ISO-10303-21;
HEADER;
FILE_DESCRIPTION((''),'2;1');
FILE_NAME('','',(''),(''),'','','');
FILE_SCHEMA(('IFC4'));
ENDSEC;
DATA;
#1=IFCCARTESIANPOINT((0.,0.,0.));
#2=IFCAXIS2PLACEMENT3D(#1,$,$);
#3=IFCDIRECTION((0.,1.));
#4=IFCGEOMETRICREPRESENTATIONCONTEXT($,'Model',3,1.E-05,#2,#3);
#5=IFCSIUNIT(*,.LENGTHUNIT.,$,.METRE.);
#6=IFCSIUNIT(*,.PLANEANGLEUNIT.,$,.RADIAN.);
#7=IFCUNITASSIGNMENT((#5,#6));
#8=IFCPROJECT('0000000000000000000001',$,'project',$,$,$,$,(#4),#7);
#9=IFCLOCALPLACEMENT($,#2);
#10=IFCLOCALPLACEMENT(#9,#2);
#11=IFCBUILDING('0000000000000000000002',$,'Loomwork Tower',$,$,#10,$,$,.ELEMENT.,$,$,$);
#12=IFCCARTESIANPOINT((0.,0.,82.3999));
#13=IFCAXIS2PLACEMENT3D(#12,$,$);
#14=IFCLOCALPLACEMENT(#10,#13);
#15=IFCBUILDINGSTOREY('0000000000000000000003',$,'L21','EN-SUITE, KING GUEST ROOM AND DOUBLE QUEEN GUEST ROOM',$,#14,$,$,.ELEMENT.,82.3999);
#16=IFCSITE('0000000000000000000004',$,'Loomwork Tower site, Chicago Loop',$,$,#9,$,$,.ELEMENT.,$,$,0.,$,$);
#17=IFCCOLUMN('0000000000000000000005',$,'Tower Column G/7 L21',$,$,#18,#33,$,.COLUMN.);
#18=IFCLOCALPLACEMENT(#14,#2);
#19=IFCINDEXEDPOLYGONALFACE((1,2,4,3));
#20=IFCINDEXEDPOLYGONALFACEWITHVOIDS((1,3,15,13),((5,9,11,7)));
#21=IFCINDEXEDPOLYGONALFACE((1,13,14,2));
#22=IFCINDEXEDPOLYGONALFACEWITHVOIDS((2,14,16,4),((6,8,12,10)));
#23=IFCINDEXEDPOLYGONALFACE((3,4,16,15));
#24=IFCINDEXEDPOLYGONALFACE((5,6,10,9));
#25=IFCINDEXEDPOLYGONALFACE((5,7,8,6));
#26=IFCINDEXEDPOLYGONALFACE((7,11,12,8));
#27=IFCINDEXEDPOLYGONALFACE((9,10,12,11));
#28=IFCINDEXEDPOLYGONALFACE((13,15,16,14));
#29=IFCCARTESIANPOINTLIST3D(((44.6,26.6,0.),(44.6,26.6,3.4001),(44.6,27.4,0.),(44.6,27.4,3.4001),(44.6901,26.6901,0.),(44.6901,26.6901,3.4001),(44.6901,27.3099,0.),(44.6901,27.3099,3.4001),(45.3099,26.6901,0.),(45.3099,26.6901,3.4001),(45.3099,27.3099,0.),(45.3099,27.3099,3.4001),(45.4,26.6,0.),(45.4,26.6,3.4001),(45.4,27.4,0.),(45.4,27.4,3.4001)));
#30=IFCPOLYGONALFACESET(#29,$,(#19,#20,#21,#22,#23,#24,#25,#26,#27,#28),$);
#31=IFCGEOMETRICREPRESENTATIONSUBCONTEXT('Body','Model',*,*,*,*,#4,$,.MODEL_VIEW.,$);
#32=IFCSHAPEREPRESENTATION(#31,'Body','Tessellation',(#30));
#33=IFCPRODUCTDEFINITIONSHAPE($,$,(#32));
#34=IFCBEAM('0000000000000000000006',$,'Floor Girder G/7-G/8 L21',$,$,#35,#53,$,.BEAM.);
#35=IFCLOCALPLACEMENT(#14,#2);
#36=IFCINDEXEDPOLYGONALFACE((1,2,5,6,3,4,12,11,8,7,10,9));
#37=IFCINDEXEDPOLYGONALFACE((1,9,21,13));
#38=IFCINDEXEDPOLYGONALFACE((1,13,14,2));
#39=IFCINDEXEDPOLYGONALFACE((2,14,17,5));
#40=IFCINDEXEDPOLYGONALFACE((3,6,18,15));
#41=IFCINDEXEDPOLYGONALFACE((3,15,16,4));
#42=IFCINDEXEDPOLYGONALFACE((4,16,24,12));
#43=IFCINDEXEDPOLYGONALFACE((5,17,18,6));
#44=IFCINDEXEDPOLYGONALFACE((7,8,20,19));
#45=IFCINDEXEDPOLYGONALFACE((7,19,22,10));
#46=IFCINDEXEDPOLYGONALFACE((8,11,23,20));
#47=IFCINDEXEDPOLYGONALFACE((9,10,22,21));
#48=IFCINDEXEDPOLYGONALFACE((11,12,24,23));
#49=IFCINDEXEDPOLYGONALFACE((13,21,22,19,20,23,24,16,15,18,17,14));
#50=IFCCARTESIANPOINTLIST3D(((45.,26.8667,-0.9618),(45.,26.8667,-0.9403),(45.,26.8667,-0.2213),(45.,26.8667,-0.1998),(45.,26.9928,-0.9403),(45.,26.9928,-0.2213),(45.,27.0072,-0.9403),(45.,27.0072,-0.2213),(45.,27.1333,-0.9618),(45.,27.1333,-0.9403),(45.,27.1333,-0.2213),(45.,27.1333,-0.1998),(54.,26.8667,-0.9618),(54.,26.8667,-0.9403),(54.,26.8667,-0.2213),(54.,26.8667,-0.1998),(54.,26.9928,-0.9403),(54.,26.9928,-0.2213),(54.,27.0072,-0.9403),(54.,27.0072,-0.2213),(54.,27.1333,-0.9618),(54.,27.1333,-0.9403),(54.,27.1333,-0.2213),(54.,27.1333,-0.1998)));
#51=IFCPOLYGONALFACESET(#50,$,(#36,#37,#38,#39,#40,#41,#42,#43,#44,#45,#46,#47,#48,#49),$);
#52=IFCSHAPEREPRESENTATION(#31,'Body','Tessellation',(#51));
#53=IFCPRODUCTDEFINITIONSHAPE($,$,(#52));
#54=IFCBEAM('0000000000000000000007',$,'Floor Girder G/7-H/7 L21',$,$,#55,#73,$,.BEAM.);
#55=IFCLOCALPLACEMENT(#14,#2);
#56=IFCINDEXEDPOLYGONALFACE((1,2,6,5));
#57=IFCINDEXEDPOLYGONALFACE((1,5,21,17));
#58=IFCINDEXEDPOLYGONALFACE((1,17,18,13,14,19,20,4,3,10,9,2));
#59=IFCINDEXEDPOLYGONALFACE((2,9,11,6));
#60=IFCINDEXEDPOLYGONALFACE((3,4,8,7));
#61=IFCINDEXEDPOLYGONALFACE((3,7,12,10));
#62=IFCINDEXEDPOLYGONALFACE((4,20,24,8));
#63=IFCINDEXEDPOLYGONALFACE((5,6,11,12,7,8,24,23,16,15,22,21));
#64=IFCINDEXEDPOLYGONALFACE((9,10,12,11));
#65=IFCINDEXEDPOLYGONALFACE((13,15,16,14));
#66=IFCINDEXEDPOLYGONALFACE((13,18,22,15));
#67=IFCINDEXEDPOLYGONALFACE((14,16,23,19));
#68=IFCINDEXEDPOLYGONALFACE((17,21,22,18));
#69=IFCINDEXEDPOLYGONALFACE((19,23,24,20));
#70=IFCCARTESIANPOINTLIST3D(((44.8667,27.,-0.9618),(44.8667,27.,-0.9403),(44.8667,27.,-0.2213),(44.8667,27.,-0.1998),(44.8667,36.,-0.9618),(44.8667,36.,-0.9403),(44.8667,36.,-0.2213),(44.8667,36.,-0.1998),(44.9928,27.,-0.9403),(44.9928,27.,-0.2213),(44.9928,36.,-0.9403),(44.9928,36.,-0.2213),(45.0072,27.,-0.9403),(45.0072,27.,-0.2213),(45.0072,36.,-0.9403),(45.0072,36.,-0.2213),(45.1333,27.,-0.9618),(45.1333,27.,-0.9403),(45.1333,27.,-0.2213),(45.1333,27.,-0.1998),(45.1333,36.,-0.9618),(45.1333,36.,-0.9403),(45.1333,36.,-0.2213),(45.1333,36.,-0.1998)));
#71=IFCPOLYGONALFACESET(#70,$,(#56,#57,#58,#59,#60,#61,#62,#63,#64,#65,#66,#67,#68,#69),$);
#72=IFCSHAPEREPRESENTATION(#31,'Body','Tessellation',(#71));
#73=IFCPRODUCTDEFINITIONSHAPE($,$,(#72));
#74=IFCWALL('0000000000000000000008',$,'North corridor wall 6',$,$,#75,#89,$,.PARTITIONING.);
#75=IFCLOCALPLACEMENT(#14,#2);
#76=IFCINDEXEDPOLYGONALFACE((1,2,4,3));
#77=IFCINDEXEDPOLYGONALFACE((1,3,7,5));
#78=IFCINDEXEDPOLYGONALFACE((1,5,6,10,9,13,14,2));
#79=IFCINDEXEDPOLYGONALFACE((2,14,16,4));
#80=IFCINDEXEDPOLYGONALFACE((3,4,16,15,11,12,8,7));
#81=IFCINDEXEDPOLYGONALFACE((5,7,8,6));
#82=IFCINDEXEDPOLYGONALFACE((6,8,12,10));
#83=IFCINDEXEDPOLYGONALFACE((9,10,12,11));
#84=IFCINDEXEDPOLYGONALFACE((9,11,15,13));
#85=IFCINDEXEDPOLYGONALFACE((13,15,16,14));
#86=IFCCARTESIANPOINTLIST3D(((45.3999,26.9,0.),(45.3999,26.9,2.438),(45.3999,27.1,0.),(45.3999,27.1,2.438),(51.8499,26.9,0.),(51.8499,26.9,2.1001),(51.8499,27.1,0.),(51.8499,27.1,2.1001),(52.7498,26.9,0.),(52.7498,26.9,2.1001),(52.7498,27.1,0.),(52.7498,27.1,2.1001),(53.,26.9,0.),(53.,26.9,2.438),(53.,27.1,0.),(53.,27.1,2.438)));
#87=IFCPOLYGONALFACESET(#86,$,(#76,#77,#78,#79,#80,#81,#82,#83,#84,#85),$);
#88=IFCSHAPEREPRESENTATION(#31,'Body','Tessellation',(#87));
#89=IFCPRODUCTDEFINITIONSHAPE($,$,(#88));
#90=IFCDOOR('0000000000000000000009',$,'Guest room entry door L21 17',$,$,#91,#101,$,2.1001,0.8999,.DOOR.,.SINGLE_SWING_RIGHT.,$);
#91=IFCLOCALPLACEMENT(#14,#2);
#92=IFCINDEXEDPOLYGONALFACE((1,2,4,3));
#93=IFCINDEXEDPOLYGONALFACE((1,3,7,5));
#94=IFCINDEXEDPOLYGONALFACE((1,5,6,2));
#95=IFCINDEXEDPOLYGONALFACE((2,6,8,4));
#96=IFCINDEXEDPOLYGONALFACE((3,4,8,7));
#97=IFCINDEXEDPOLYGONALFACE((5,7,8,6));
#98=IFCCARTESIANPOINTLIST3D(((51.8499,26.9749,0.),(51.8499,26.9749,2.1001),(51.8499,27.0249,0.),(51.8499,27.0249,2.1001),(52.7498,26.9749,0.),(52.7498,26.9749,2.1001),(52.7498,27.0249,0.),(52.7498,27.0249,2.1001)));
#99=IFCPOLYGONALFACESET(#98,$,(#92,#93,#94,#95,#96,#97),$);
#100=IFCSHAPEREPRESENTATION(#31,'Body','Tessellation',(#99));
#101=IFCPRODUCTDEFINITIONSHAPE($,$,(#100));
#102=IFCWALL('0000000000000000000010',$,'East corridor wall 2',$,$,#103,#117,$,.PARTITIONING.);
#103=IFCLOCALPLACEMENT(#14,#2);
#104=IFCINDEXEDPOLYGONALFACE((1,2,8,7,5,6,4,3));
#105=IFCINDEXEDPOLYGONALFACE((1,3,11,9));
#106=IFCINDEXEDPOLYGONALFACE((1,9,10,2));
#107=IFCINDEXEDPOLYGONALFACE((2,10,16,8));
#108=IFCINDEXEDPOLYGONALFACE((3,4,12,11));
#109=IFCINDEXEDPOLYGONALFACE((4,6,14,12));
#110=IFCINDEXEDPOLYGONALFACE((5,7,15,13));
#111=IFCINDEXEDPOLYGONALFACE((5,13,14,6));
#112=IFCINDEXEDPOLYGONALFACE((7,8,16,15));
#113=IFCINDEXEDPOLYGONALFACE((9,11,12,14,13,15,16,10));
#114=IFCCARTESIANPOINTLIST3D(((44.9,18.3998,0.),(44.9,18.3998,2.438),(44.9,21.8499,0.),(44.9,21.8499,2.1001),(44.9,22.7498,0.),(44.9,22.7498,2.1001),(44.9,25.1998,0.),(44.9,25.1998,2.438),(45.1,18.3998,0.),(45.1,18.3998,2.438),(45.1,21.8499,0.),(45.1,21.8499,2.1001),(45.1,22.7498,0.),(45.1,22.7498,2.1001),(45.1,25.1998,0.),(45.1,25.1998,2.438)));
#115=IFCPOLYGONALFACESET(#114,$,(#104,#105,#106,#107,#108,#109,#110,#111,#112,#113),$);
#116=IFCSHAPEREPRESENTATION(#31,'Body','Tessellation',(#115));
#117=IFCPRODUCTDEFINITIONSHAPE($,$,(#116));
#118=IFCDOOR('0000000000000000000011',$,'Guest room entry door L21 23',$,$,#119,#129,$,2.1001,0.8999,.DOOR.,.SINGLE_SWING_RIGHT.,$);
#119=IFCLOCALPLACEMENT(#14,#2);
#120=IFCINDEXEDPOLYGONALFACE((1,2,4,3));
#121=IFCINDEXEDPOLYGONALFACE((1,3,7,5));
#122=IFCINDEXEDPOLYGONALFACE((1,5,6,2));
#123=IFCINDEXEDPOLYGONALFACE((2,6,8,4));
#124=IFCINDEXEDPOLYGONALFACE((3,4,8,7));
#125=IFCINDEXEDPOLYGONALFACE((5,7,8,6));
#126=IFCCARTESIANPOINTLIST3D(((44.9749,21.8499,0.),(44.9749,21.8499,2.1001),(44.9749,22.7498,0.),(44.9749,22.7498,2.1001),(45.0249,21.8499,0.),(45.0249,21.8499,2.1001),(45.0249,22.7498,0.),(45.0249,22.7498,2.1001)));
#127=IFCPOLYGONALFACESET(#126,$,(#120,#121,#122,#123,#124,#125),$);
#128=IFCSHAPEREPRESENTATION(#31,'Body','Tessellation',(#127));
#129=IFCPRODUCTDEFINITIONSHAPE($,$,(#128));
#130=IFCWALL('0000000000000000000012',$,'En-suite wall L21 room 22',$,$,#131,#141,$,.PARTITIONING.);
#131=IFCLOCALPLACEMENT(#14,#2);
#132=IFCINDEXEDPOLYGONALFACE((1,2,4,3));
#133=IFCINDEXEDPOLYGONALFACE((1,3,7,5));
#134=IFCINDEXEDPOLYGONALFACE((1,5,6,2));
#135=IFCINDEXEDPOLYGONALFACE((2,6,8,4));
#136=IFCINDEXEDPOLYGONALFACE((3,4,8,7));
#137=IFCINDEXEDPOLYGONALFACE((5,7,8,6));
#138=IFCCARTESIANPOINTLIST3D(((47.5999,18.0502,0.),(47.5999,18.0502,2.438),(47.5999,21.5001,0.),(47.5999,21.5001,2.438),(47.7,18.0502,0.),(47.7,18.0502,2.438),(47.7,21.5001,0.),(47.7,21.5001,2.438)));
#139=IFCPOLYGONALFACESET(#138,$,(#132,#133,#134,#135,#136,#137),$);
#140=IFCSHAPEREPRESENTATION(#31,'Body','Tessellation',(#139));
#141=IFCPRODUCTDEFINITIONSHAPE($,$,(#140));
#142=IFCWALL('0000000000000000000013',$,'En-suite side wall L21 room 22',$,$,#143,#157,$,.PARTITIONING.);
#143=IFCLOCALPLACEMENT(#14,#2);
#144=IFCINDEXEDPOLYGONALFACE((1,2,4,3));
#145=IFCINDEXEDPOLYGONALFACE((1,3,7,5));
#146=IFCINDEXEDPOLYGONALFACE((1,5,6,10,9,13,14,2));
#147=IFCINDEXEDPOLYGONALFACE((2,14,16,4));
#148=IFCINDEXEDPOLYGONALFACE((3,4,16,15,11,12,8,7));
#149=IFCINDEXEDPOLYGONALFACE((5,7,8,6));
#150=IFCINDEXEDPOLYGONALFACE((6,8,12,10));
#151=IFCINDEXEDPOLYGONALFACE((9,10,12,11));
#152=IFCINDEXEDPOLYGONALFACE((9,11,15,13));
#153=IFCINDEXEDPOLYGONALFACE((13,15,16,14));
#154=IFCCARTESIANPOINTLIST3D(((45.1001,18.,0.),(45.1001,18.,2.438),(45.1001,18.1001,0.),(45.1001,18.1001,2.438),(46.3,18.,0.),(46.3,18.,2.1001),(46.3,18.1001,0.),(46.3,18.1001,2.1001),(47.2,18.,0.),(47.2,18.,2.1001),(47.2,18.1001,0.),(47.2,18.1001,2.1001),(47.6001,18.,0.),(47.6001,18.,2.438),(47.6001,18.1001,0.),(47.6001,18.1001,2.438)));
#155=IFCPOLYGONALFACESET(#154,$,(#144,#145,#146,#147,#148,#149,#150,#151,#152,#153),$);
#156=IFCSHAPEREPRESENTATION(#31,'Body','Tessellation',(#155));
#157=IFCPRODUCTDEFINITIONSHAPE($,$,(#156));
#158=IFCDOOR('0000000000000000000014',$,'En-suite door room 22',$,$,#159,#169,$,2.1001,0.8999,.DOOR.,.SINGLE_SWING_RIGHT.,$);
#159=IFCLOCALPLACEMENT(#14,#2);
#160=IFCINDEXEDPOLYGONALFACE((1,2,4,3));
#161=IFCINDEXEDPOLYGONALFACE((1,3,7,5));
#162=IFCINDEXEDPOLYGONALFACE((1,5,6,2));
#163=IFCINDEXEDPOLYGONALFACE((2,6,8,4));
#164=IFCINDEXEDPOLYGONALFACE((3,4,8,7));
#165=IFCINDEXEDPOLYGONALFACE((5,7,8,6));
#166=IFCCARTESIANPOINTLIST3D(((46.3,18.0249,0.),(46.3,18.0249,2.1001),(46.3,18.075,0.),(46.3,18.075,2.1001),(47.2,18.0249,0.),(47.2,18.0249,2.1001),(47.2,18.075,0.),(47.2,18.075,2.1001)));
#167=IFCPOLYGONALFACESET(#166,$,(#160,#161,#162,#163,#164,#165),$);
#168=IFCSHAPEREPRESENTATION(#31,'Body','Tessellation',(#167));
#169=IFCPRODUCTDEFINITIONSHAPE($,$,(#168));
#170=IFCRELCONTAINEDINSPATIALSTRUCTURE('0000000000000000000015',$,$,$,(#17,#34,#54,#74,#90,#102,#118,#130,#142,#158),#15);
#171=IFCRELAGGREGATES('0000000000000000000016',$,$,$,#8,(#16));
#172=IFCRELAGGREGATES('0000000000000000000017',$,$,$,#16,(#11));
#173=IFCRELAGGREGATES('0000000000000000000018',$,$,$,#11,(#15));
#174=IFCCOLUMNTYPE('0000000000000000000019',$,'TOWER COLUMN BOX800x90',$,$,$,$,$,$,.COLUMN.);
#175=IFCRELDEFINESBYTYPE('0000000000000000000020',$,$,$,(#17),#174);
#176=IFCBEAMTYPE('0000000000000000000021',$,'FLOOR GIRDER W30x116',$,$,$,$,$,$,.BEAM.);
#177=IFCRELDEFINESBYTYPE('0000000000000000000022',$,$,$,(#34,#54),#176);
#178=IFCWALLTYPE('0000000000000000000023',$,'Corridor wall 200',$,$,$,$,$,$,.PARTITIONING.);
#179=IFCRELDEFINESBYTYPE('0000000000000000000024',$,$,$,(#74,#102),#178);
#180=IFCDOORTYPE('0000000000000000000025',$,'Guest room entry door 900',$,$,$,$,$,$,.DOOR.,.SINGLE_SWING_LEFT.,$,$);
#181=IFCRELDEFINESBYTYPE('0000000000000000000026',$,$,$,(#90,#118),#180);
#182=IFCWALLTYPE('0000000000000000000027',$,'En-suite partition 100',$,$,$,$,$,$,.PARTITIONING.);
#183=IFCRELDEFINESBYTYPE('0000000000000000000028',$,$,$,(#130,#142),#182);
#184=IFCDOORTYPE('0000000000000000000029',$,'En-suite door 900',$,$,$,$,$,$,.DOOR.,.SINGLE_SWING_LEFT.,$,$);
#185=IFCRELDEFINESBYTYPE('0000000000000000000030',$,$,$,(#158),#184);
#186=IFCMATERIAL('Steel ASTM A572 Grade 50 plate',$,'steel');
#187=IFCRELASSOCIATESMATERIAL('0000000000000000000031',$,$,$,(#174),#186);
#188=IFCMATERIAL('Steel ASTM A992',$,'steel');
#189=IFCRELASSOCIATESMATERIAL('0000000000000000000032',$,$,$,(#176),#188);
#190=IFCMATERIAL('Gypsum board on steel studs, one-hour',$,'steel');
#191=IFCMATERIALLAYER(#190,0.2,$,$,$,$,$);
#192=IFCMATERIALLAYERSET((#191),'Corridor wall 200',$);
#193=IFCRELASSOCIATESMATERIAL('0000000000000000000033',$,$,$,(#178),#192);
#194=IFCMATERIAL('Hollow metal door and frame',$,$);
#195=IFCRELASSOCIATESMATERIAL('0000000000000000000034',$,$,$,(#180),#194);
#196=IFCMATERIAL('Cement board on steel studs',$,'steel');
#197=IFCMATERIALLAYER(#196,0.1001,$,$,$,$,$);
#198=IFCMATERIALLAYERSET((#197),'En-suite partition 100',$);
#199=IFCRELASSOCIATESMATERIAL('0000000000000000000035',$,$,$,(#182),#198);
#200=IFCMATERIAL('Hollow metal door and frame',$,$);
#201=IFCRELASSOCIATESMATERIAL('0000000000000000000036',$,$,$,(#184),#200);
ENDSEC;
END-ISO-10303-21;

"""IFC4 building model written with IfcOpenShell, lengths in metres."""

from ifc_helpers import new_model, si_unit, direction, frame, frame_2d, origin, origin_2d, place, context, subcontext, project, spatial, rectangle, hollow_rectangle, i_section, extrude, material, layer, layer_set, material_profile, profile_set, type_object, element, fill, save


model = new_model("IFC4")

# Units and contexts
model_context = context("Model", 3, precision=1e-05, world=origin(), true_north=direction((0.0, 1.0)))
body_context = subcontext(model_context, "Body", "Model", "MODEL_VIEW")
ifc_project = project(units=[si_unit("LENGTHUNIT", "METRE"), si_unit("PLANEANGLEUNIT", "RADIAN")], contexts=[model_context])

# Site, building, storey
site_placement = place(None, origin())
site = spatial("IfcSite", under=ifc_project, at=site_placement, Name="Loomwork Tower site, Chicago Loop", CompositionType="ELEMENT", RefElevation=0.0)
building_placement = place(site_placement, origin())
building = spatial("IfcBuilding", under=site, at=building_placement, Name="Loomwork Tower", CompositionType="ELEMENT")
storey_placement = place(building_placement, frame((0.0, 0.0, 82.3999)))
storey = spatial("IfcBuildingStorey", under=building, at=storey_placement, Name="L21", Description="EN-SUITE, KING GUEST ROOM AND DOUBLE QUEEN GUEST ROOM", CompositionType="ELEMENT", Elevation=82.3999)

# Column
ifc_material_1 = material(Name="Steel ASTM A572 Grade 50 plate", Category="steel")
ifc_material_profile_1 = material_profile(ifc_material_1, hollow_rectangle(XDim=0.8, YDim=0.8, WallThickness=0.0901, at=origin_2d()), Name="BOX800x90")
ifc_profile_set_1 = profile_set([ifc_material_profile_1], Name="Steel ASTM A572 Grade 50 plate")
column_type = type_object("IfcColumnType", Name="TOWER COLUMN BOX800x90", PredefinedType="COLUMN", material=ifc_profile_set_1)
column_placement = place(storey_placement, frame((45.0, 27.0, 0.0), z_axis=(0.0, 0.0, 1.0), x_axis=(0.0, 1.0, 0.0)))
element("IfcColumn", 1, at=column_placement, inside=storey, type_object=column_type, Name="Tower Column G/7 L21", PredefinedType="COLUMN", context=body_context, shape_type="SweptSolid", body=[
    extrude(hollow_rectangle(XDim=0.8, YDim=0.8, WallThickness=0.0901, at=origin_2d()), origin(), (0.0, 0.0, 1.0), 3.4001),
])

# Beams
ifc_material_2 = material(Name="Steel ASTM A992", Category="steel")
ifc_material_profile_2 = material_profile(ifc_material_2, i_section(OverallWidth=0.2666, OverallDepth=0.762, WebThickness=0.0144, FlangeThickness=0.0215, at=origin_2d()), Name="W30x116")
ifc_profile_set_2 = profile_set([ifc_material_profile_2], Name="Steel ASTM A992")
beam_type = type_object("IfcBeamType", Name="FLOOR GIRDER W30x116", PredefinedType="BEAM", material=ifc_profile_set_2)
for number, where, z_axis, x_axis, name in (
    (2, (45.0, 27.0, -0.5808), (1.0, 0.0, 0.0), (0.0, 1.0, 0.0), "Floor Girder G/7-G/8 L21"),
    (3, (45.0, 27.0, -0.5808), (0.0, 1.0, 0.0), (-1.0, 0.0, 0.0), "Floor Girder G/7-H/7 L21"),
):
    element("IfcBeam", number, at=place(storey_placement, frame(where, z_axis=z_axis, x_axis=x_axis)), inside=storey, type_object=beam_type, Name=name, PredefinedType="BEAM", context=body_context, shape_type="SweptSolid", body=[
        extrude(i_section(OverallWidth=0.2666, OverallDepth=0.762, WebThickness=0.0144, FlangeThickness=0.0215, at=origin_2d()), origin(), (0.0, 0.0, 1.0), 9.0),
    ])

# Walls, openings, doors
ifc_material_3 = material(Name="Gypsum board on steel studs, one-hour", Category="steel")
ifc_layer_1 = layer(ifc_material_3, 0.2)
ifc_layer_set_1 = layer_set([ifc_layer_1], Name="Corridor wall 200")
wall_type_1 = type_object("IfcWallType", Name="Corridor wall 200", PredefinedType="PARTITIONING", material=ifc_layer_set_1)
wall_1_placement = place(storey_placement, frame((45.3999, 27.0, 0.0), z_axis=(0.0, 0.0, 1.0), x_axis=(1.0, 0.0, 0.0)))
wall_1 = element("IfcWall", 4, at=wall_1_placement, inside=storey, type_object=wall_type_1, Name="North corridor wall 6", PredefinedType="PARTITIONING", context=body_context, shape_type="SweptSolid", body=[
    extrude(rectangle(XDim=7.6001, YDim=0.2, at=frame_2d((3.8, 0.0))), origin(), (0.0, 0.0, 1.0), 2.438),
])
opening_1_placement = place(wall_1_placement, frame((6.45, 0.0, 0.0)))
opening_1 = element("IfcOpeningElement", 5, at=opening_1_placement, cuts=wall_1, PredefinedType="OPENING", context=body_context, shape_type="SweptSolid", body=[
    extrude(rectangle(XDim=0.8999, YDim=2.1001, at=frame_2d((0.45, 1.05))), frame((0.0, 0.1099, 0.0), z_axis=(0.0, -1.0, 0.0), x_axis=(1.0, 0.0, 0.0)), (0.0, 0.0, 1.0), 0.22),
])
ifc_material_4 = material(Name="Hollow metal door and frame")
door_type_1 = type_object("IfcDoorType", Name="Guest room entry door 900", OperationType="SINGLE_SWING_LEFT", PredefinedType="DOOR", material=ifc_material_4)
door_1_placement = place(opening_1_placement, origin())
door_1 = element("IfcDoor", 6, at=door_1_placement, inside=storey, type_object=door_type_1, Name="Guest room entry door L21 17", OperationType="SINGLE_SWING_RIGHT", OverallHeight=2.1001, OverallWidth=0.8999, PredefinedType="DOOR", context=body_context, shape_type="SweptSolid", body=[
    extrude(rectangle(XDim=0.8999, YDim=2.1001, at=frame_2d((0.45, 1.05))), frame((0.0, 0.0249, 0.0), z_axis=(0.0, -1.0, 0.0), x_axis=(1.0, 0.0, 0.0)), (0.0, 0.0, 1.0), 0.05),
])
fill(opening_1, door_1)
wall_2_placement = place(storey_placement, frame((45.0, 18.3999, 0.0), z_axis=(0.0, 0.0, 1.0), x_axis=(0.0, 1.0, 0.0)))
wall_2 = element("IfcWall", 7, at=wall_2_placement, inside=storey, type_object=wall_type_1, Name="East corridor wall 2", PredefinedType="PARTITIONING", context=body_context, shape_type="SweptSolid", body=[
    extrude(rectangle(XDim=6.8, YDim=0.2, at=frame_2d((3.3999, 0.0))), origin(), (0.0, 0.0, 1.0), 2.438),
])
opening_2_placement = place(wall_2_placement, frame((3.45, 0.0, 0.0)))
opening_2 = element("IfcOpeningElement", 8, at=opening_2_placement, cuts=wall_2, PredefinedType="OPENING", context=body_context, shape_type="SweptSolid", body=[
    extrude(rectangle(XDim=0.8999, YDim=2.1001, at=frame_2d((0.45, 1.05))), frame((0.0, 0.1099, 0.0), z_axis=(0.0, -1.0, 0.0), x_axis=(1.0, 0.0, 0.0)), (0.0, 0.0, 1.0), 0.22),
])
door_2_placement = place(opening_2_placement, frame((0.8999, 0.0, 0.0), z_axis=(0.0, 0.0, 1.0), x_axis=(-1.0, 0.0, 0.0)))
door_2 = element("IfcDoor", 9, at=door_2_placement, inside=storey, type_object=door_type_1, Name="Guest room entry door L21 23", OperationType="SINGLE_SWING_RIGHT", OverallHeight=2.1001, OverallWidth=0.8999, PredefinedType="DOOR", context=body_context, shape_type="SweptSolid", body=[
    extrude(rectangle(XDim=0.8999, YDim=2.1001, at=frame_2d((0.45, 1.05))), frame((0.0, 0.0249, 0.0), z_axis=(0.0, -1.0, 0.0), x_axis=(1.0, 0.0, 0.0)), (0.0, 0.0, 1.0), 0.05),
])
fill(opening_2, door_2)

# Wall
ifc_material_5 = material(Name="Cement board on steel studs", Category="steel")
ifc_layer_2 = layer(ifc_material_5, 0.1001)
ifc_layer_set_2 = layer_set([ifc_layer_2], Name="En-suite partition 100")
wall_type_2 = type_object("IfcWallType", Name="En-suite partition 100", PredefinedType="PARTITIONING", material=ifc_layer_set_2)
wall_3_placement = place(storey_placement, frame((47.6499, 18.05, 0.0), z_axis=(0.0, 0.0, 1.0), x_axis=(0.0, 1.0, 0.0)))
element("IfcWall", 10, at=wall_3_placement, inside=storey, type_object=wall_type_2, Name="En-suite wall L21 room 22", PredefinedType="PARTITIONING", context=body_context, shape_type="SweptSolid", body=[
    extrude(rectangle(XDim=3.45, YDim=0.1001, at=frame_2d((1.7251, 0.0))), origin(), (0.0, 0.0, 1.0), 2.438),
])

# Wall, opening, door
wall_4_placement = place(storey_placement, frame((45.1001, 18.05, 0.0), z_axis=(0.0, 0.0, 1.0), x_axis=(1.0, 0.0, 0.0)))
wall_4 = element("IfcWall", 11, at=wall_4_placement, inside=storey, type_object=wall_type_2, Name="En-suite side wall L21 room 22", PredefinedType="PARTITIONING", context=body_context, shape_type="SweptSolid", body=[
    extrude(rectangle(XDim=2.5, YDim=0.1001, at=frame_2d((1.25, 0.0))), origin(), (0.0, 0.0, 1.0), 2.438),
])
opening_3_placement = place(wall_4_placement, frame((1.2, 0.0, 0.0)))
opening_3 = element("IfcOpeningElement", 12, at=opening_3_placement, cuts=wall_4, PredefinedType="OPENING", context=body_context, shape_type="SweptSolid", body=[
    extrude(rectangle(XDim=0.8999, YDim=2.1001, at=frame_2d((0.45, 1.05))), frame((0.0, 0.0601, 0.0), z_axis=(0.0, -1.0, 0.0), x_axis=(1.0, 0.0, 0.0)), (0.0, 0.0, 1.0), 0.1201),
])
ifc_material_6 = material(Name="Hollow metal door and frame")
door_type_2 = type_object("IfcDoorType", Name="En-suite door 900", OperationType="SINGLE_SWING_LEFT", PredefinedType="DOOR", material=ifc_material_6)
door_3_placement = place(opening_3_placement, origin())
door_3 = element("IfcDoor", 13, at=door_3_placement, inside=storey, type_object=door_type_2, Name="En-suite door room 22", OperationType="SINGLE_SWING_RIGHT", OverallHeight=2.1001, OverallWidth=0.8999, PredefinedType="DOOR", context=body_context, shape_type="SweptSolid", body=[
    extrude(rectangle(XDim=0.8999, YDim=2.1001, at=frame_2d((0.45, 1.05))), frame((0.0, 0.0249, 0.0), z_axis=(0.0, -1.0, 0.0), x_axis=(1.0, 0.0, 0.0)), (0.0, 0.0, 1.0), 0.05),
])
fill(opening_3, door_3)

save(model, "model.ifc")
